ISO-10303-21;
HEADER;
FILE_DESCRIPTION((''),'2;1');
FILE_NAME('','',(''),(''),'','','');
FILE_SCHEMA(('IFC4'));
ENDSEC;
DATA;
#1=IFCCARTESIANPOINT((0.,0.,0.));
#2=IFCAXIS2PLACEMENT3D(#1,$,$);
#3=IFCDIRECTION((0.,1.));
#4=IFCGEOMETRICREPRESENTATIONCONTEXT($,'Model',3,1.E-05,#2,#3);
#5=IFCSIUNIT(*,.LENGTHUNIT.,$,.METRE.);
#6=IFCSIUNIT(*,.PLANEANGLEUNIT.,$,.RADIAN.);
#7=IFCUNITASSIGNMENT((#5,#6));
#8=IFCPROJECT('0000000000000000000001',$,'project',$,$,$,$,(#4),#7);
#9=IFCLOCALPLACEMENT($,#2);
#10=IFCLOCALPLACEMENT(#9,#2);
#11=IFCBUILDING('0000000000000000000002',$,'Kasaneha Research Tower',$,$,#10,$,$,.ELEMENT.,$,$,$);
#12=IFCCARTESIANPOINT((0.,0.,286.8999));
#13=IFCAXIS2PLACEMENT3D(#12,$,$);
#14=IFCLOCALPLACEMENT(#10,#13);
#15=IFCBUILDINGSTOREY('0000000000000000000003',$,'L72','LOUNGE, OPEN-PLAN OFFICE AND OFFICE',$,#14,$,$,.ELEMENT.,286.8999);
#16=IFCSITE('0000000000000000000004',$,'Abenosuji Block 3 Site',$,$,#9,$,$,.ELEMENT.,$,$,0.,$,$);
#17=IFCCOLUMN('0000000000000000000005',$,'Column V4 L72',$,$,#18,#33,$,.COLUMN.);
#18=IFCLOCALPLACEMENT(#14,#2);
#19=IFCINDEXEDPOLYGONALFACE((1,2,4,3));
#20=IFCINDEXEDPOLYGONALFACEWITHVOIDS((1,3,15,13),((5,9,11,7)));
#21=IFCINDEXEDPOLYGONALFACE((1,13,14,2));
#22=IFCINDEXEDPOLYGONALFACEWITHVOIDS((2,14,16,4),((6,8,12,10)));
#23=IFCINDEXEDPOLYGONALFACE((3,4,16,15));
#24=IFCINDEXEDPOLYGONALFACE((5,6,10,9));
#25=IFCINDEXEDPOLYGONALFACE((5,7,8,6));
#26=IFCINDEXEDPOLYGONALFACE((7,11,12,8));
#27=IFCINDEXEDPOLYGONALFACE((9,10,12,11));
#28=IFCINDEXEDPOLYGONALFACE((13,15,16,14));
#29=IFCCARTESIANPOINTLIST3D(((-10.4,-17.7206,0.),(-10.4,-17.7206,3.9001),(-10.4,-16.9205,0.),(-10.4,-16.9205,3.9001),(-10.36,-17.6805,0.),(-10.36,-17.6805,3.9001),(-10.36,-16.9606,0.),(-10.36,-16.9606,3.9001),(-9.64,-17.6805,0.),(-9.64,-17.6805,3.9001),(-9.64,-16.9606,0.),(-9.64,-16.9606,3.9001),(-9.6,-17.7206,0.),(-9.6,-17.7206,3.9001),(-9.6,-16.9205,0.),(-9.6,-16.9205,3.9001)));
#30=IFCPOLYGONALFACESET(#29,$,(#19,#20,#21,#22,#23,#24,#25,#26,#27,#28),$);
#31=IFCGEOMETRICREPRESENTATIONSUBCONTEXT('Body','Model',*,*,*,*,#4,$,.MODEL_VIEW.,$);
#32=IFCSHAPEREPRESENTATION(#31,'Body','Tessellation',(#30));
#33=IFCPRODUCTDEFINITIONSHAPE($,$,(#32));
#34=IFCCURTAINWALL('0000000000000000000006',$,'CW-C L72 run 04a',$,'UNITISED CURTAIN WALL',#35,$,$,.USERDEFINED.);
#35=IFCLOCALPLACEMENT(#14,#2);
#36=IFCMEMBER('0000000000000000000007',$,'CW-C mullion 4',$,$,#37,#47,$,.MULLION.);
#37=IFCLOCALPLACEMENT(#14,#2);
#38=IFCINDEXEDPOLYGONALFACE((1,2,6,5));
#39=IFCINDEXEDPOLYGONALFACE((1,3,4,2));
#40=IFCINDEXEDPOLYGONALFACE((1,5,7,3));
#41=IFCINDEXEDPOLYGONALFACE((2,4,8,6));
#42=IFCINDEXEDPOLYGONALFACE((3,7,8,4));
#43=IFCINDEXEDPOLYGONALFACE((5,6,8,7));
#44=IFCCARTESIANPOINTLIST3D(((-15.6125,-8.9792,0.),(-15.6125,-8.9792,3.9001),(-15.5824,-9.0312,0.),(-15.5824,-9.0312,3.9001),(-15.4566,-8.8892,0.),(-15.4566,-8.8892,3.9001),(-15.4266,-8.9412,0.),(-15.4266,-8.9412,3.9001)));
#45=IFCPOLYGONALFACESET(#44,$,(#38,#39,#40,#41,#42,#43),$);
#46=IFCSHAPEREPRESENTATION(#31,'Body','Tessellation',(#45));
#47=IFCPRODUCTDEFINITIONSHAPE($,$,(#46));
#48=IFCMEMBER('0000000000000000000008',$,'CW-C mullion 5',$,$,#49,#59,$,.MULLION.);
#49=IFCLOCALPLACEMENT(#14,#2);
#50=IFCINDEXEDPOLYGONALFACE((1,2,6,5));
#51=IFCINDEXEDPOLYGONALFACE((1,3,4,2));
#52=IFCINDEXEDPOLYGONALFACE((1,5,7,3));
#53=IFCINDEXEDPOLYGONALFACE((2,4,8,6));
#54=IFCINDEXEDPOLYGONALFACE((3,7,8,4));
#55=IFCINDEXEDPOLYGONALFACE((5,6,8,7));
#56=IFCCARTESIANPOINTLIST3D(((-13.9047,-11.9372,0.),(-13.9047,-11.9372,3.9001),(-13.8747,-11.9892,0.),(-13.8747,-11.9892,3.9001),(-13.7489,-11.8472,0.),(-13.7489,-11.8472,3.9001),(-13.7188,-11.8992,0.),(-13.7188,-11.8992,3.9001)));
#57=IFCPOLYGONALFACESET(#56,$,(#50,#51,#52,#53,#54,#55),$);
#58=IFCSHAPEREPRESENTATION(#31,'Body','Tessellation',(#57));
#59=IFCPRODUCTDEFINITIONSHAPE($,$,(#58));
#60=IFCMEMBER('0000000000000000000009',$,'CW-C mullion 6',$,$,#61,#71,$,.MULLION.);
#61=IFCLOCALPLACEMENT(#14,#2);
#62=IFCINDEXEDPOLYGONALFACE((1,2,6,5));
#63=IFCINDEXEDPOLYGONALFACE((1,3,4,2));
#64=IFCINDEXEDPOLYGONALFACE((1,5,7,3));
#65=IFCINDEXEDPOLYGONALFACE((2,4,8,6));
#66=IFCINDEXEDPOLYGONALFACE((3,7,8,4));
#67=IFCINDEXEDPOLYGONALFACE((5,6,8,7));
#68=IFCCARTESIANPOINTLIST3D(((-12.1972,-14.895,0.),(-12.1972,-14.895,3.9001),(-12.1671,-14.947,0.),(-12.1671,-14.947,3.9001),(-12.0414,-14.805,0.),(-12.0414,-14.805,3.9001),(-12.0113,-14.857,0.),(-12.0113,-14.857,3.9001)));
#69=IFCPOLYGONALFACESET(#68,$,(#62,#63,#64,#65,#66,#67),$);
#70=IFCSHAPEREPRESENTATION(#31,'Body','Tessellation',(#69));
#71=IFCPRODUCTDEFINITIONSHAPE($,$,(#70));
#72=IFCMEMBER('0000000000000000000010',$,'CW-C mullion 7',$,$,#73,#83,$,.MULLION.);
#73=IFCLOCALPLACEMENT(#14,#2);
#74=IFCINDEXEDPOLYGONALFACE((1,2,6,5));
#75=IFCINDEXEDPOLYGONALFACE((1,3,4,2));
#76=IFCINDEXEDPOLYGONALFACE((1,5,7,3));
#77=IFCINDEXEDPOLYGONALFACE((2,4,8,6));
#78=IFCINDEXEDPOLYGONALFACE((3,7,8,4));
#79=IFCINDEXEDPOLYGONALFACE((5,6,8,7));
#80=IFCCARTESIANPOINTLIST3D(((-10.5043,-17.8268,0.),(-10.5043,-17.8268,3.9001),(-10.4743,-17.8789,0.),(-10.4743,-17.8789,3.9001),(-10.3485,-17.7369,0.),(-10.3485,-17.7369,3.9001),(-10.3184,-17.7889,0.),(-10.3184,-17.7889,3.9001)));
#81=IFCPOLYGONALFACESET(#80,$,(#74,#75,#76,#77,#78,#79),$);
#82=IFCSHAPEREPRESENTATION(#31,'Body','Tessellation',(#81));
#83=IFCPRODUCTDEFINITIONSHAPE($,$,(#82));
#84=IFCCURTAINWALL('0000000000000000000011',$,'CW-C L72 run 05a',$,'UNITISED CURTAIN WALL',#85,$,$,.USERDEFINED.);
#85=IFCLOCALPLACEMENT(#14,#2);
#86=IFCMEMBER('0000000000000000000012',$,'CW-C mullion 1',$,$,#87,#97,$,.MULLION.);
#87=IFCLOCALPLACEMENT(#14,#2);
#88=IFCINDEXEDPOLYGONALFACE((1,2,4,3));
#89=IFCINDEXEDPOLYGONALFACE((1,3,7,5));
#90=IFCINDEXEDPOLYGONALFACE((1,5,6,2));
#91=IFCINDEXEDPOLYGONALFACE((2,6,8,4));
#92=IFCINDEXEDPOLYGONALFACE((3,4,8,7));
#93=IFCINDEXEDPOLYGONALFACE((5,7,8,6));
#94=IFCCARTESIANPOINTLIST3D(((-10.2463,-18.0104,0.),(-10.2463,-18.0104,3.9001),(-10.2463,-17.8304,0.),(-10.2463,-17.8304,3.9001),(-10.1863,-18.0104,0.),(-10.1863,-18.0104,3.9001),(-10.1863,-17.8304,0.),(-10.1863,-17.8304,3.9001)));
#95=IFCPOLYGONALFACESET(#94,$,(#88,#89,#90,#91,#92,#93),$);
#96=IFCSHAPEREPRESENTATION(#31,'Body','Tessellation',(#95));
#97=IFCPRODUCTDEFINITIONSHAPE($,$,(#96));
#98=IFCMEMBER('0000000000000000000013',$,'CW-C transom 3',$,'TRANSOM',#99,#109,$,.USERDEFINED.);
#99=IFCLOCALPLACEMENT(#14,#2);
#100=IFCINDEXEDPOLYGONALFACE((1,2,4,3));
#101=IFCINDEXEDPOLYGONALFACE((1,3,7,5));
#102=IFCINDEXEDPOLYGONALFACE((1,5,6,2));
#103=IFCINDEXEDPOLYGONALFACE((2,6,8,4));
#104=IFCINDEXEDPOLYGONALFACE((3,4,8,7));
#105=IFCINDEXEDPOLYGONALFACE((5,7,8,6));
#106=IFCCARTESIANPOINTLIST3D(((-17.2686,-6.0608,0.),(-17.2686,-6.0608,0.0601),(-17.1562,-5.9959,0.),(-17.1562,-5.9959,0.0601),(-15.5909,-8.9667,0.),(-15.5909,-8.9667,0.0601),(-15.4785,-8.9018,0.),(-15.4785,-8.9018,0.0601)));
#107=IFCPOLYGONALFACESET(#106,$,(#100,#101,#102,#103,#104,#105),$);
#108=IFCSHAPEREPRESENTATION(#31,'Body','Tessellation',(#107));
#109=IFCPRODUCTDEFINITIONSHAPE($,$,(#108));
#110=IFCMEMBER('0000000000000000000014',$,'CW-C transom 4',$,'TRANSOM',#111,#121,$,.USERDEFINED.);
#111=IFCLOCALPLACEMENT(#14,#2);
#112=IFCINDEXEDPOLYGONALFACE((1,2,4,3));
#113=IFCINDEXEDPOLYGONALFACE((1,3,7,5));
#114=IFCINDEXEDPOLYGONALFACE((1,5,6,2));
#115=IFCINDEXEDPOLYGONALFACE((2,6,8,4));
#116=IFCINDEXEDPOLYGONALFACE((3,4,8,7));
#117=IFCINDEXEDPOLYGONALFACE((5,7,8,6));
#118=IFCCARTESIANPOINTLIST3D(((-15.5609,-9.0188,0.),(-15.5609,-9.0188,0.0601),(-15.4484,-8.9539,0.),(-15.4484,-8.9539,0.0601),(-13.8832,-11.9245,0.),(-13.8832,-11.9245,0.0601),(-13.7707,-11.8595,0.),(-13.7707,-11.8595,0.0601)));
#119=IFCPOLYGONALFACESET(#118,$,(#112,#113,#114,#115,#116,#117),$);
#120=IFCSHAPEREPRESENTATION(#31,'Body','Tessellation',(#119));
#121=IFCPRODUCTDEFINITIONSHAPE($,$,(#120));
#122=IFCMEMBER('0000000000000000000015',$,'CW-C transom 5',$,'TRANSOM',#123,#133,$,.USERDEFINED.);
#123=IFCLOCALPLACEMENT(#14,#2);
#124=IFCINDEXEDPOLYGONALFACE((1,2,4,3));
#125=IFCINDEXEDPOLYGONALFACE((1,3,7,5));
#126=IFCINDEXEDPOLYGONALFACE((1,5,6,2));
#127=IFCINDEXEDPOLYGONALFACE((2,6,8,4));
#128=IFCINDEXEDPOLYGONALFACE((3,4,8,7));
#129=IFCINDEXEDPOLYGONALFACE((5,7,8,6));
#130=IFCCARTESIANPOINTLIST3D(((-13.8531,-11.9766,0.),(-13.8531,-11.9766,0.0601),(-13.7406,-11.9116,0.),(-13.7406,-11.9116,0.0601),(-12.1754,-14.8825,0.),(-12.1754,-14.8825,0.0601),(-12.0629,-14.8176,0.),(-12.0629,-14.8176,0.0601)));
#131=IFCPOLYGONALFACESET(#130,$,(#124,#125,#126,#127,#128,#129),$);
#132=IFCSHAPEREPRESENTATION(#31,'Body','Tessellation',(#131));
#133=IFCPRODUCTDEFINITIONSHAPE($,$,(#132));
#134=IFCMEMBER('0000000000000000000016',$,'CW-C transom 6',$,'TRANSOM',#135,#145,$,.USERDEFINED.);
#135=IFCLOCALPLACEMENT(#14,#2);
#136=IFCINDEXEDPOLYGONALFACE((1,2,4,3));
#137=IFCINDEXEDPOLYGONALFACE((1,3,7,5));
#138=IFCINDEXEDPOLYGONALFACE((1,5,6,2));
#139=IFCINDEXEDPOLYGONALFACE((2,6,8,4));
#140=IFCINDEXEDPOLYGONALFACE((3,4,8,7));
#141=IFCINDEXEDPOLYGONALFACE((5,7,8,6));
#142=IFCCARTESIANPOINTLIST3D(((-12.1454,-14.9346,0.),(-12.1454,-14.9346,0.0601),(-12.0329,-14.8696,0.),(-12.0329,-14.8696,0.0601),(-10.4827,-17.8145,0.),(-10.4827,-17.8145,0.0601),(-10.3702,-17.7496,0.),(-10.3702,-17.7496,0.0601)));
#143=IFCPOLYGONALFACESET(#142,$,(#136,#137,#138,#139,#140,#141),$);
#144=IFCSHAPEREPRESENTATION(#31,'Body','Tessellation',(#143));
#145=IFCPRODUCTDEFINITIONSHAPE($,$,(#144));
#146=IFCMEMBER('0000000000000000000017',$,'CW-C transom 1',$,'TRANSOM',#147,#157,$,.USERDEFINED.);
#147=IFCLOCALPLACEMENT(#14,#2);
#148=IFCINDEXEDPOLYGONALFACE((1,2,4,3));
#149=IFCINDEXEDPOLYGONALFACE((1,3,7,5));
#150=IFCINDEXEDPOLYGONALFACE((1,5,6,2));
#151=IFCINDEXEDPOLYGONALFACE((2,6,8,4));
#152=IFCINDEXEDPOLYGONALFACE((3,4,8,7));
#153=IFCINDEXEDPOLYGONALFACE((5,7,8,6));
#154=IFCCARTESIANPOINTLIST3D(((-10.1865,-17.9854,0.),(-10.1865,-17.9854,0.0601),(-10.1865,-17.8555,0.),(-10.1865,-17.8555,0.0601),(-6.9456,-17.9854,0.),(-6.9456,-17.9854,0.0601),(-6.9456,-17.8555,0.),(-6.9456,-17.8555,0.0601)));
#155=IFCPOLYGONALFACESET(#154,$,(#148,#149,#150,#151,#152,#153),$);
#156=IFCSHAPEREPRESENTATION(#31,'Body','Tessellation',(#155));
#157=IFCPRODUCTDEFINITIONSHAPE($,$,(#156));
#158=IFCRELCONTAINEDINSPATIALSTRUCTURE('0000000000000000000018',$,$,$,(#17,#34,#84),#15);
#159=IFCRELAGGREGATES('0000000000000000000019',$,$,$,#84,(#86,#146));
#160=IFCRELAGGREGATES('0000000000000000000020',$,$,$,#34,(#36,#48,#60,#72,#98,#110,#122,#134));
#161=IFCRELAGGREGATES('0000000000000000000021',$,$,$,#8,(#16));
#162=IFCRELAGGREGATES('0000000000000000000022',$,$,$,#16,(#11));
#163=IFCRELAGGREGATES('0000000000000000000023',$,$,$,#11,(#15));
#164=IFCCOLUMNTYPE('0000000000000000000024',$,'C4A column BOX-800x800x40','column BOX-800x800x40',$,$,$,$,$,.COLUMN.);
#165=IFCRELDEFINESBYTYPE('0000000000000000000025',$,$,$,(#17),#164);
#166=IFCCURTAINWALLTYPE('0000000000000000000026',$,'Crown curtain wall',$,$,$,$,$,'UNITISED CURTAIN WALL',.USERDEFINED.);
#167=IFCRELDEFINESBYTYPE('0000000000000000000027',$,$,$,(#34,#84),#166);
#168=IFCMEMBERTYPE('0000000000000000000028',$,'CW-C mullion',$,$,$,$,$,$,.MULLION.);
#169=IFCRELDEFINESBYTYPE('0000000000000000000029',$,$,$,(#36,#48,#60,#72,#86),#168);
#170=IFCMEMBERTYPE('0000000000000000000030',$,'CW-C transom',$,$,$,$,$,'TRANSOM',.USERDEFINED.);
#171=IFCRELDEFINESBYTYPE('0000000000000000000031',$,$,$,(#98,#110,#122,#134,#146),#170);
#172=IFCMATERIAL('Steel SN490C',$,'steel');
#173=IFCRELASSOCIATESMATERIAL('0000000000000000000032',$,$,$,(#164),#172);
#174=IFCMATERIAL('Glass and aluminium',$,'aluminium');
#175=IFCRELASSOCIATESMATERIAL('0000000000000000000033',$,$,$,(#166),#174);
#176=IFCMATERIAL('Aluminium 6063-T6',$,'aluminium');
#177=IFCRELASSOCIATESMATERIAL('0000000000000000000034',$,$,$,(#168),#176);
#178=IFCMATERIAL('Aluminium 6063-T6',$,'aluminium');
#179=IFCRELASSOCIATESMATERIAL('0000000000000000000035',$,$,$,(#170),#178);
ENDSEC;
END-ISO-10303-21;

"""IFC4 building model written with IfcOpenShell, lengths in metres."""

from ifc_helpers import new_model, si_unit, direction, frame, origin, origin_2d, place, context, subcontext, project, spatial, rectangle, hollow_rectangle, extrude, material, material_profile, profile_set, type_object, element, aggregate, save


model = new_model("IFC4")

# Units and contexts
model_context = context("Model", 3, precision=1e-05, world=origin(), true_north=direction((0.0, 1.0)))
body_context = subcontext(model_context, "Body", "Model", "MODEL_VIEW")
ifc_project = project(units=[si_unit("LENGTHUNIT", "METRE"), si_unit("PLANEANGLEUNIT", "RADIAN")], contexts=[model_context])

# Site, building, storey
site_placement = place(None, origin())
site = spatial("IfcSite", under=ifc_project, at=site_placement, Name="Abenosuji Block 3 Site", CompositionType="ELEMENT", RefElevation=0.0)
building_placement = place(site_placement, origin())
building = spatial("IfcBuilding", under=site, at=building_placement, Name="Kasaneha Research Tower", CompositionType="ELEMENT")
storey_placement = place(building_placement, frame((0.0, 0.0, 286.8999)))
storey = spatial("IfcBuildingStorey", under=building, at=storey_placement, Name="L72", Description="LOUNGE, OPEN-PLAN OFFICE AND OFFICE", CompositionType="ELEMENT", Elevation=286.8999)

# Column
ifc_material_1 = material(Name="Steel SN490C", Category="steel")
ifc_material_profile_1 = material_profile(ifc_material_1, hollow_rectangle(XDim=0.8, YDim=0.8, WallThickness=0.04, at=origin_2d()), Name="BOX-800x800x40")
ifc_profile_set_1 = profile_set([ifc_material_profile_1], Name="Steel SN490C")
column_type = type_object("IfcColumnType", Name="C4A column BOX-800x800x40", Description="column BOX-800x800x40", PredefinedType="COLUMN", material=ifc_profile_set_1)
column_placement = place(storey_placement, frame((-10.0, -17.3206, 0.0), z_axis=(0.0, 0.0, 1.0), x_axis=(1.0, 0.0, 0.0)))
element("IfcColumn", 1, at=column_placement, inside=storey, type_object=column_type, Name="Column V4 L72", PredefinedType="COLUMN", context=body_context, shape_type="SweptSolid", body=[
    extrude(hollow_rectangle(XDim=0.8, YDim=0.8, WallThickness=0.04, at=origin_2d()), origin(), (0.0, 0.0, 1.0), 3.9001),
])

# Curtain wall, members
ifc_material_2 = material(Name="Glass and aluminium", Category="aluminium")
curtain_wall_type = type_object("IfcCurtainWallType", Name="Crown curtain wall", ElementType="UNITISED CURTAIN WALL", PredefinedType="USERDEFINED", material=ifc_material_2)
curtain_wall_1_placement = place(storey_placement, origin())
curtain_wall_1 = element("IfcCurtainWall", 2, at=curtain_wall_1_placement, inside=storey, type_object=curtain_wall_type, Name="CW-C L72 run 04a", ObjectType="UNITISED CURTAIN WALL", PredefinedType="USERDEFINED")
ifc_material_3 = material(Name="Aluminium 6063-T6", Category="aluminium")
ifc_material_profile_2 = material_profile(ifc_material_3, rectangle(XDim=0.0601, YDim=0.1799, at=origin_2d()), Name="CW-C mullion 60x180")
ifc_profile_set_2 = profile_set([ifc_material_profile_2], Name="Aluminium 6063-T6")
member_type_1 = type_object("IfcMemberType", Name="CW-C mullion", PredefinedType="MULLION", material=ifc_profile_set_2)
member_1_placement = place(storey_placement, frame((-15.5195, -8.9602, 0.0), z_axis=(0.0, 0.0, 1.0), x_axis=(0.5, -0.866025, 0.0)))
member_1 = element("IfcMember", 3, at=member_1_placement, type_object=member_type_1, Name="CW-C mullion 4", PredefinedType="MULLION", context=body_context, shape_type="SweptSolid", body=[
    extrude(rectangle(XDim=0.0601, YDim=0.1799, at=origin_2d()), origin(), (0.0, 0.0, 1.0), 3.9001),
])
member_2_placement = place(storey_placement, frame((-13.8118, -11.9182, 0.0), z_axis=(0.0, 0.0, 1.0), x_axis=(0.5, -0.866025, 0.0)))
member_2 = element("IfcMember", 4, at=member_2_placement, type_object=member_type_1, Name="CW-C mullion 5", PredefinedType="MULLION", context=body_context, shape_type="SweptSolid", body=[
    extrude(rectangle(XDim=0.0601, YDim=0.1799, at=origin_2d()), origin(), (0.0, 0.0, 1.0), 3.9001),
])
member_3_placement = place(storey_placement, frame((-12.1042, -14.876, 0.0), z_axis=(0.0, 0.0, 1.0), x_axis=(0.5, -0.866025, 0.0)))
member_3 = element("IfcMember", 5, at=member_3_placement, type_object=member_type_1, Name="CW-C mullion 6", PredefinedType="MULLION", context=body_context, shape_type="SweptSolid", body=[
    extrude(rectangle(XDim=0.0601, YDim=0.1799, at=origin_2d()), origin(), (0.0, 0.0, 1.0), 3.9001),
])
member_4_placement = place(storey_placement, frame((-10.4114, -17.8079, 0.0), z_axis=(0.0, 0.0, 1.0), x_axis=(0.5, -0.866025, 0.0)))
member_4 = element("IfcMember", 6, at=member_4_placement, type_object=member_type_1, Name="CW-C mullion 7", PredefinedType="MULLION", context=body_context, shape_type="SweptSolid", body=[
    extrude(rectangle(XDim=0.0601, YDim=0.1799, at=origin_2d()), origin(), (0.0, 0.0, 1.0), 3.9001),
])

# Curtain wall, member
curtain_wall_2_placement = place(storey_placement, origin())
curtain_wall_2 = element("IfcCurtainWall", 7, at=curtain_wall_2_placement, inside=storey, type_object=curtain_wall_type, Name="CW-C L72 run 05a", ObjectType="UNITISED CURTAIN WALL", PredefinedType="USERDEFINED")
member_5_placement = place(storey_placement, frame((-10.2163, -17.9204, 0.0), z_axis=(0.0, 0.0, 1.0), x_axis=(1.0, 0.0, 0.0)))
member_5 = element("IfcMember", 8, at=member_5_placement, type_object=member_type_1, Name="CW-C mullion 1", PredefinedType="MULLION", context=body_context, shape_type="SweptSolid", body=[
    extrude(rectangle(XDim=0.0601, YDim=0.1799, at=origin_2d()), origin(), (0.0, 0.0, 1.0), 3.9001),
])

# Members
ifc_material_4 = material(Name="Aluminium 6063-T6", Category="aluminium")
ifc_material_profile_3 = material_profile(ifc_material_4, rectangle(XDim=0.1299, YDim=0.0601, at=origin_2d()), Name="CW-C transom 130x60")
ifc_profile_set_3 = profile_set([ifc_material_profile_3], Name="Aluminium 6063-T6")
member_type_2 = type_object("IfcMemberType", Name="CW-C transom", ElementType="TRANSOM", PredefinedType="USERDEFINED", material=ifc_profile_set_3)
member_6_placement = place(storey_placement, frame((-17.2124, -6.0283, 0.03), z_axis=(0.499989, -0.866032, 0.0), x_axis=(0.866032, 0.499989, 0.0)))
member_6 = element("IfcMember", 9, at=member_6_placement, type_object=member_type_2, Name="CW-C transom 3", ObjectType="TRANSOM", PredefinedType="USERDEFINED", context=body_context, shape_type="SweptSolid", body=[
    extrude(rectangle(XDim=0.1299, YDim=0.0601, at=origin_2d()), origin(), (0.0, 0.0, 1.0), 3.3555),
])
member_7_placement = place(storey_placement, frame((-15.5046, -8.9863, 0.03), z_axis=(0.500021, -0.866014, 0.0), x_axis=(0.866014, 0.500021, 0.0)))
member_7 = element("IfcMember", 10, at=member_7_placement, type_object=member_type_2, Name="CW-C transom 4", ObjectType="TRANSOM", PredefinedType="USERDEFINED", context=body_context, shape_type="SweptSolid", body=[
    extrude(rectangle(XDim=0.1299, YDim=0.0601, at=origin_2d()), origin(), (0.0, 0.0, 1.0), 3.3552),
])
member_8_placement = place(storey_placement, frame((-13.7969, -11.9441, 0.03), z_axis=(0.499989, -0.866032, 0.0), x_axis=(0.866032, 0.499989, 0.0)))
member_8 = element("IfcMember", 11, at=member_8_placement, type_object=member_type_2, Name="CW-C transom 5", ObjectType="TRANSOM", PredefinedType="USERDEFINED", context=body_context, shape_type="SweptSolid", body=[
    extrude(rectangle(XDim=0.1299, YDim=0.0601, at=origin_2d()), origin(), (0.0, 0.0, 1.0), 3.3555),
])
member_9_placement = place(storey_placement, frame((-12.0891, -14.9021, 0.03), z_axis=(0.499977, -0.866039, 0.0), x_axis=(0.866039, 0.499977, 0.0)))
member_9 = element("IfcMember", 12, at=member_9_placement, type_object=member_type_2, Name="CW-C transom 6", ObjectType="TRANSOM", PredefinedType="USERDEFINED", context=body_context, shape_type="SweptSolid", body=[
    extrude(rectangle(XDim=0.1299, YDim=0.0601, at=origin_2d()), origin(), (0.0, 0.0, 1.0), 3.3254),
])
member_10_placement = place(storey_placement, frame((-10.1865, -17.9204, 0.03), z_axis=(1.0, 0.0, 0.0), x_axis=(0.0, 1.0, 0.0)))
member_10 = element("IfcMember", 13, at=member_10_placement, type_object=member_type_2, Name="CW-C transom 1", ObjectType="TRANSOM", PredefinedType="USERDEFINED", context=body_context, shape_type="SweptSolid", body=[
    extrude(rectangle(XDim=0.1299, YDim=0.0601, at=origin_2d()), origin(), (0.0, 0.0, 1.0), 3.241),
])
aggregate(curtain_wall_2, [member_5, member_10])

aggregate(curtain_wall_1, [member_1, member_2, member_3, member_4, member_6, member_7, member_8, member_9])

save(model, "model.ifc")
